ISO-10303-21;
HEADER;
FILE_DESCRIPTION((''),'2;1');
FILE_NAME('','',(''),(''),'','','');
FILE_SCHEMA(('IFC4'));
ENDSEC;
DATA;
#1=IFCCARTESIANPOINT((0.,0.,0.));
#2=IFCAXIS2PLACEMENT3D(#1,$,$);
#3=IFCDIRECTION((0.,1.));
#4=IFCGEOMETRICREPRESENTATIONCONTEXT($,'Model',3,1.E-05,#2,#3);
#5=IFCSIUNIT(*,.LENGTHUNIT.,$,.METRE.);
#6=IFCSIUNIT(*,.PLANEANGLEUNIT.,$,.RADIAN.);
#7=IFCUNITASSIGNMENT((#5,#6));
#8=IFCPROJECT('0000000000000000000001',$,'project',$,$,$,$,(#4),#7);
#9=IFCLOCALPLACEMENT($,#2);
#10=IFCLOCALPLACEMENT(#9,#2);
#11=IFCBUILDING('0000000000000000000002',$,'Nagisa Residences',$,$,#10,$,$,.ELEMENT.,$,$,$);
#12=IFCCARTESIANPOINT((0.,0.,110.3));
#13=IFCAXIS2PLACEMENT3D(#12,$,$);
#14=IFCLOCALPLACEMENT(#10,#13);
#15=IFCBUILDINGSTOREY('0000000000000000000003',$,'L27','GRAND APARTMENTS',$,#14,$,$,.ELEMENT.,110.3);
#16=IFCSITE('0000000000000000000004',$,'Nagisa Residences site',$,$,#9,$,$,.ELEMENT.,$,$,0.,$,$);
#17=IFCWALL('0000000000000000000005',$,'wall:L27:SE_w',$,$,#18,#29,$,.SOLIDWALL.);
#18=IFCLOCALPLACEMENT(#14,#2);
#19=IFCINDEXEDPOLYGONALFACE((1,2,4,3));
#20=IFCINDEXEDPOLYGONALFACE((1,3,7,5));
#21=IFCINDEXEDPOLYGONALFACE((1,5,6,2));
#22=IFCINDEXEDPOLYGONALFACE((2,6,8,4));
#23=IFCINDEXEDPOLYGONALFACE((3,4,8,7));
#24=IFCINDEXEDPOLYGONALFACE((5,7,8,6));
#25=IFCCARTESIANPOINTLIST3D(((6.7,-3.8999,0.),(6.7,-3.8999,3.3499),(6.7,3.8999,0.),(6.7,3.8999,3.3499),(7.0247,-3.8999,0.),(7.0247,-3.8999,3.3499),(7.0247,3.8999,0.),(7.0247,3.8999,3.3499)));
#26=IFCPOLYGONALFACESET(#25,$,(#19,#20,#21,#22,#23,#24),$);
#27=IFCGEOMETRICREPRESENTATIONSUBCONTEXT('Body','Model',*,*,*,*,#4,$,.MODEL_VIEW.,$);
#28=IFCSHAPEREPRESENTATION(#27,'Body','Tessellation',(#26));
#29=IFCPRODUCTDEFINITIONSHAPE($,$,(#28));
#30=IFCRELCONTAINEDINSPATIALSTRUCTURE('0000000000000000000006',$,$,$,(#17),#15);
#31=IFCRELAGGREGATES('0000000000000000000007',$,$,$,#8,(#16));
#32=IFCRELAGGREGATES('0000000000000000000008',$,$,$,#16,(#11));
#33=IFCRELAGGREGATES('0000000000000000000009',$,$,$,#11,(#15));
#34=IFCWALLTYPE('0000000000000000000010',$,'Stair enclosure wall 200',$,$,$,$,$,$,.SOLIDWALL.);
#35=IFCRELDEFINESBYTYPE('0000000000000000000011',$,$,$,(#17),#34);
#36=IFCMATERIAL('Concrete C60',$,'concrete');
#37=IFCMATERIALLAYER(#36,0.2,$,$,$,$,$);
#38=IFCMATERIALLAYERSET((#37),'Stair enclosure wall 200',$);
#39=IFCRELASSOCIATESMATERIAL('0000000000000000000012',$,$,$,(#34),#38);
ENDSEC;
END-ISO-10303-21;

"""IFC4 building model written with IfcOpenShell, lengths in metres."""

from ifc_helpers import new_model, si_unit, direction, frame, origin, place, context, subcontext, project, spatial, polyline, outline, extrude, material, layer, layer_set, type_object, element, save


model = new_model("IFC4")

# Units and contexts
model_context = context("Model", 3, precision=1e-05, world=origin(), true_north=direction((0.0, 1.0)))
body_context = subcontext(model_context, "Body", "Model", "MODEL_VIEW")
ifc_project = project(units=[si_unit("LENGTHUNIT", "METRE"), si_unit("PLANEANGLEUNIT", "RADIAN")], contexts=[model_context])

# Site, building, storey
site_placement = place(None, origin())
site = spatial("IfcSite", under=ifc_project, at=site_placement, Name="Nagisa Residences site", CompositionType="ELEMENT", RefElevation=0.0)
building_placement = place(site_placement, origin())
building = spatial("IfcBuilding", under=site, at=building_placement, Name="Nagisa Residences", CompositionType="ELEMENT")
storey_placement = place(building_placement, frame((0.0, 0.0, 110.3)))
storey = spatial("IfcBuildingStorey", under=building, at=storey_placement, Name="L27", Description="GRAND APARTMENTS", CompositionType="ELEMENT", Elevation=110.3)

# Wall
ifc_material_1 = material(Name="Concrete C60", Category="concrete")
ifc_layer_1 = layer(ifc_material_1, 0.2)
ifc_layer_set_1 = layer_set([ifc_layer_1], Name="Stair enclosure wall 200")
wall_type_1 = type_object("IfcWallType", Name="Stair enclosure wall 200", PredefinedType="SOLIDWALL", material=ifc_layer_set_1)
wall_1_placement = place(storey_placement, origin())
element("IfcWall", 1, at=wall_1_placement, inside=storey, type_object=wall_type_1, Name="wall:L27:SE_w", PredefinedType="SOLIDWALL", context=body_context, shape_type="SweptSolid", body=[
    extrude(outline(polyline([(7.0247, -3.8999), (6.7, -3.8999), (6.7, 3.8999), (7.0247, 3.8999), (7.0247, -3.8999)])), origin(), (0.0, 0.0, 1.0), 3.3499),
])

save(model, "model.ifc")
